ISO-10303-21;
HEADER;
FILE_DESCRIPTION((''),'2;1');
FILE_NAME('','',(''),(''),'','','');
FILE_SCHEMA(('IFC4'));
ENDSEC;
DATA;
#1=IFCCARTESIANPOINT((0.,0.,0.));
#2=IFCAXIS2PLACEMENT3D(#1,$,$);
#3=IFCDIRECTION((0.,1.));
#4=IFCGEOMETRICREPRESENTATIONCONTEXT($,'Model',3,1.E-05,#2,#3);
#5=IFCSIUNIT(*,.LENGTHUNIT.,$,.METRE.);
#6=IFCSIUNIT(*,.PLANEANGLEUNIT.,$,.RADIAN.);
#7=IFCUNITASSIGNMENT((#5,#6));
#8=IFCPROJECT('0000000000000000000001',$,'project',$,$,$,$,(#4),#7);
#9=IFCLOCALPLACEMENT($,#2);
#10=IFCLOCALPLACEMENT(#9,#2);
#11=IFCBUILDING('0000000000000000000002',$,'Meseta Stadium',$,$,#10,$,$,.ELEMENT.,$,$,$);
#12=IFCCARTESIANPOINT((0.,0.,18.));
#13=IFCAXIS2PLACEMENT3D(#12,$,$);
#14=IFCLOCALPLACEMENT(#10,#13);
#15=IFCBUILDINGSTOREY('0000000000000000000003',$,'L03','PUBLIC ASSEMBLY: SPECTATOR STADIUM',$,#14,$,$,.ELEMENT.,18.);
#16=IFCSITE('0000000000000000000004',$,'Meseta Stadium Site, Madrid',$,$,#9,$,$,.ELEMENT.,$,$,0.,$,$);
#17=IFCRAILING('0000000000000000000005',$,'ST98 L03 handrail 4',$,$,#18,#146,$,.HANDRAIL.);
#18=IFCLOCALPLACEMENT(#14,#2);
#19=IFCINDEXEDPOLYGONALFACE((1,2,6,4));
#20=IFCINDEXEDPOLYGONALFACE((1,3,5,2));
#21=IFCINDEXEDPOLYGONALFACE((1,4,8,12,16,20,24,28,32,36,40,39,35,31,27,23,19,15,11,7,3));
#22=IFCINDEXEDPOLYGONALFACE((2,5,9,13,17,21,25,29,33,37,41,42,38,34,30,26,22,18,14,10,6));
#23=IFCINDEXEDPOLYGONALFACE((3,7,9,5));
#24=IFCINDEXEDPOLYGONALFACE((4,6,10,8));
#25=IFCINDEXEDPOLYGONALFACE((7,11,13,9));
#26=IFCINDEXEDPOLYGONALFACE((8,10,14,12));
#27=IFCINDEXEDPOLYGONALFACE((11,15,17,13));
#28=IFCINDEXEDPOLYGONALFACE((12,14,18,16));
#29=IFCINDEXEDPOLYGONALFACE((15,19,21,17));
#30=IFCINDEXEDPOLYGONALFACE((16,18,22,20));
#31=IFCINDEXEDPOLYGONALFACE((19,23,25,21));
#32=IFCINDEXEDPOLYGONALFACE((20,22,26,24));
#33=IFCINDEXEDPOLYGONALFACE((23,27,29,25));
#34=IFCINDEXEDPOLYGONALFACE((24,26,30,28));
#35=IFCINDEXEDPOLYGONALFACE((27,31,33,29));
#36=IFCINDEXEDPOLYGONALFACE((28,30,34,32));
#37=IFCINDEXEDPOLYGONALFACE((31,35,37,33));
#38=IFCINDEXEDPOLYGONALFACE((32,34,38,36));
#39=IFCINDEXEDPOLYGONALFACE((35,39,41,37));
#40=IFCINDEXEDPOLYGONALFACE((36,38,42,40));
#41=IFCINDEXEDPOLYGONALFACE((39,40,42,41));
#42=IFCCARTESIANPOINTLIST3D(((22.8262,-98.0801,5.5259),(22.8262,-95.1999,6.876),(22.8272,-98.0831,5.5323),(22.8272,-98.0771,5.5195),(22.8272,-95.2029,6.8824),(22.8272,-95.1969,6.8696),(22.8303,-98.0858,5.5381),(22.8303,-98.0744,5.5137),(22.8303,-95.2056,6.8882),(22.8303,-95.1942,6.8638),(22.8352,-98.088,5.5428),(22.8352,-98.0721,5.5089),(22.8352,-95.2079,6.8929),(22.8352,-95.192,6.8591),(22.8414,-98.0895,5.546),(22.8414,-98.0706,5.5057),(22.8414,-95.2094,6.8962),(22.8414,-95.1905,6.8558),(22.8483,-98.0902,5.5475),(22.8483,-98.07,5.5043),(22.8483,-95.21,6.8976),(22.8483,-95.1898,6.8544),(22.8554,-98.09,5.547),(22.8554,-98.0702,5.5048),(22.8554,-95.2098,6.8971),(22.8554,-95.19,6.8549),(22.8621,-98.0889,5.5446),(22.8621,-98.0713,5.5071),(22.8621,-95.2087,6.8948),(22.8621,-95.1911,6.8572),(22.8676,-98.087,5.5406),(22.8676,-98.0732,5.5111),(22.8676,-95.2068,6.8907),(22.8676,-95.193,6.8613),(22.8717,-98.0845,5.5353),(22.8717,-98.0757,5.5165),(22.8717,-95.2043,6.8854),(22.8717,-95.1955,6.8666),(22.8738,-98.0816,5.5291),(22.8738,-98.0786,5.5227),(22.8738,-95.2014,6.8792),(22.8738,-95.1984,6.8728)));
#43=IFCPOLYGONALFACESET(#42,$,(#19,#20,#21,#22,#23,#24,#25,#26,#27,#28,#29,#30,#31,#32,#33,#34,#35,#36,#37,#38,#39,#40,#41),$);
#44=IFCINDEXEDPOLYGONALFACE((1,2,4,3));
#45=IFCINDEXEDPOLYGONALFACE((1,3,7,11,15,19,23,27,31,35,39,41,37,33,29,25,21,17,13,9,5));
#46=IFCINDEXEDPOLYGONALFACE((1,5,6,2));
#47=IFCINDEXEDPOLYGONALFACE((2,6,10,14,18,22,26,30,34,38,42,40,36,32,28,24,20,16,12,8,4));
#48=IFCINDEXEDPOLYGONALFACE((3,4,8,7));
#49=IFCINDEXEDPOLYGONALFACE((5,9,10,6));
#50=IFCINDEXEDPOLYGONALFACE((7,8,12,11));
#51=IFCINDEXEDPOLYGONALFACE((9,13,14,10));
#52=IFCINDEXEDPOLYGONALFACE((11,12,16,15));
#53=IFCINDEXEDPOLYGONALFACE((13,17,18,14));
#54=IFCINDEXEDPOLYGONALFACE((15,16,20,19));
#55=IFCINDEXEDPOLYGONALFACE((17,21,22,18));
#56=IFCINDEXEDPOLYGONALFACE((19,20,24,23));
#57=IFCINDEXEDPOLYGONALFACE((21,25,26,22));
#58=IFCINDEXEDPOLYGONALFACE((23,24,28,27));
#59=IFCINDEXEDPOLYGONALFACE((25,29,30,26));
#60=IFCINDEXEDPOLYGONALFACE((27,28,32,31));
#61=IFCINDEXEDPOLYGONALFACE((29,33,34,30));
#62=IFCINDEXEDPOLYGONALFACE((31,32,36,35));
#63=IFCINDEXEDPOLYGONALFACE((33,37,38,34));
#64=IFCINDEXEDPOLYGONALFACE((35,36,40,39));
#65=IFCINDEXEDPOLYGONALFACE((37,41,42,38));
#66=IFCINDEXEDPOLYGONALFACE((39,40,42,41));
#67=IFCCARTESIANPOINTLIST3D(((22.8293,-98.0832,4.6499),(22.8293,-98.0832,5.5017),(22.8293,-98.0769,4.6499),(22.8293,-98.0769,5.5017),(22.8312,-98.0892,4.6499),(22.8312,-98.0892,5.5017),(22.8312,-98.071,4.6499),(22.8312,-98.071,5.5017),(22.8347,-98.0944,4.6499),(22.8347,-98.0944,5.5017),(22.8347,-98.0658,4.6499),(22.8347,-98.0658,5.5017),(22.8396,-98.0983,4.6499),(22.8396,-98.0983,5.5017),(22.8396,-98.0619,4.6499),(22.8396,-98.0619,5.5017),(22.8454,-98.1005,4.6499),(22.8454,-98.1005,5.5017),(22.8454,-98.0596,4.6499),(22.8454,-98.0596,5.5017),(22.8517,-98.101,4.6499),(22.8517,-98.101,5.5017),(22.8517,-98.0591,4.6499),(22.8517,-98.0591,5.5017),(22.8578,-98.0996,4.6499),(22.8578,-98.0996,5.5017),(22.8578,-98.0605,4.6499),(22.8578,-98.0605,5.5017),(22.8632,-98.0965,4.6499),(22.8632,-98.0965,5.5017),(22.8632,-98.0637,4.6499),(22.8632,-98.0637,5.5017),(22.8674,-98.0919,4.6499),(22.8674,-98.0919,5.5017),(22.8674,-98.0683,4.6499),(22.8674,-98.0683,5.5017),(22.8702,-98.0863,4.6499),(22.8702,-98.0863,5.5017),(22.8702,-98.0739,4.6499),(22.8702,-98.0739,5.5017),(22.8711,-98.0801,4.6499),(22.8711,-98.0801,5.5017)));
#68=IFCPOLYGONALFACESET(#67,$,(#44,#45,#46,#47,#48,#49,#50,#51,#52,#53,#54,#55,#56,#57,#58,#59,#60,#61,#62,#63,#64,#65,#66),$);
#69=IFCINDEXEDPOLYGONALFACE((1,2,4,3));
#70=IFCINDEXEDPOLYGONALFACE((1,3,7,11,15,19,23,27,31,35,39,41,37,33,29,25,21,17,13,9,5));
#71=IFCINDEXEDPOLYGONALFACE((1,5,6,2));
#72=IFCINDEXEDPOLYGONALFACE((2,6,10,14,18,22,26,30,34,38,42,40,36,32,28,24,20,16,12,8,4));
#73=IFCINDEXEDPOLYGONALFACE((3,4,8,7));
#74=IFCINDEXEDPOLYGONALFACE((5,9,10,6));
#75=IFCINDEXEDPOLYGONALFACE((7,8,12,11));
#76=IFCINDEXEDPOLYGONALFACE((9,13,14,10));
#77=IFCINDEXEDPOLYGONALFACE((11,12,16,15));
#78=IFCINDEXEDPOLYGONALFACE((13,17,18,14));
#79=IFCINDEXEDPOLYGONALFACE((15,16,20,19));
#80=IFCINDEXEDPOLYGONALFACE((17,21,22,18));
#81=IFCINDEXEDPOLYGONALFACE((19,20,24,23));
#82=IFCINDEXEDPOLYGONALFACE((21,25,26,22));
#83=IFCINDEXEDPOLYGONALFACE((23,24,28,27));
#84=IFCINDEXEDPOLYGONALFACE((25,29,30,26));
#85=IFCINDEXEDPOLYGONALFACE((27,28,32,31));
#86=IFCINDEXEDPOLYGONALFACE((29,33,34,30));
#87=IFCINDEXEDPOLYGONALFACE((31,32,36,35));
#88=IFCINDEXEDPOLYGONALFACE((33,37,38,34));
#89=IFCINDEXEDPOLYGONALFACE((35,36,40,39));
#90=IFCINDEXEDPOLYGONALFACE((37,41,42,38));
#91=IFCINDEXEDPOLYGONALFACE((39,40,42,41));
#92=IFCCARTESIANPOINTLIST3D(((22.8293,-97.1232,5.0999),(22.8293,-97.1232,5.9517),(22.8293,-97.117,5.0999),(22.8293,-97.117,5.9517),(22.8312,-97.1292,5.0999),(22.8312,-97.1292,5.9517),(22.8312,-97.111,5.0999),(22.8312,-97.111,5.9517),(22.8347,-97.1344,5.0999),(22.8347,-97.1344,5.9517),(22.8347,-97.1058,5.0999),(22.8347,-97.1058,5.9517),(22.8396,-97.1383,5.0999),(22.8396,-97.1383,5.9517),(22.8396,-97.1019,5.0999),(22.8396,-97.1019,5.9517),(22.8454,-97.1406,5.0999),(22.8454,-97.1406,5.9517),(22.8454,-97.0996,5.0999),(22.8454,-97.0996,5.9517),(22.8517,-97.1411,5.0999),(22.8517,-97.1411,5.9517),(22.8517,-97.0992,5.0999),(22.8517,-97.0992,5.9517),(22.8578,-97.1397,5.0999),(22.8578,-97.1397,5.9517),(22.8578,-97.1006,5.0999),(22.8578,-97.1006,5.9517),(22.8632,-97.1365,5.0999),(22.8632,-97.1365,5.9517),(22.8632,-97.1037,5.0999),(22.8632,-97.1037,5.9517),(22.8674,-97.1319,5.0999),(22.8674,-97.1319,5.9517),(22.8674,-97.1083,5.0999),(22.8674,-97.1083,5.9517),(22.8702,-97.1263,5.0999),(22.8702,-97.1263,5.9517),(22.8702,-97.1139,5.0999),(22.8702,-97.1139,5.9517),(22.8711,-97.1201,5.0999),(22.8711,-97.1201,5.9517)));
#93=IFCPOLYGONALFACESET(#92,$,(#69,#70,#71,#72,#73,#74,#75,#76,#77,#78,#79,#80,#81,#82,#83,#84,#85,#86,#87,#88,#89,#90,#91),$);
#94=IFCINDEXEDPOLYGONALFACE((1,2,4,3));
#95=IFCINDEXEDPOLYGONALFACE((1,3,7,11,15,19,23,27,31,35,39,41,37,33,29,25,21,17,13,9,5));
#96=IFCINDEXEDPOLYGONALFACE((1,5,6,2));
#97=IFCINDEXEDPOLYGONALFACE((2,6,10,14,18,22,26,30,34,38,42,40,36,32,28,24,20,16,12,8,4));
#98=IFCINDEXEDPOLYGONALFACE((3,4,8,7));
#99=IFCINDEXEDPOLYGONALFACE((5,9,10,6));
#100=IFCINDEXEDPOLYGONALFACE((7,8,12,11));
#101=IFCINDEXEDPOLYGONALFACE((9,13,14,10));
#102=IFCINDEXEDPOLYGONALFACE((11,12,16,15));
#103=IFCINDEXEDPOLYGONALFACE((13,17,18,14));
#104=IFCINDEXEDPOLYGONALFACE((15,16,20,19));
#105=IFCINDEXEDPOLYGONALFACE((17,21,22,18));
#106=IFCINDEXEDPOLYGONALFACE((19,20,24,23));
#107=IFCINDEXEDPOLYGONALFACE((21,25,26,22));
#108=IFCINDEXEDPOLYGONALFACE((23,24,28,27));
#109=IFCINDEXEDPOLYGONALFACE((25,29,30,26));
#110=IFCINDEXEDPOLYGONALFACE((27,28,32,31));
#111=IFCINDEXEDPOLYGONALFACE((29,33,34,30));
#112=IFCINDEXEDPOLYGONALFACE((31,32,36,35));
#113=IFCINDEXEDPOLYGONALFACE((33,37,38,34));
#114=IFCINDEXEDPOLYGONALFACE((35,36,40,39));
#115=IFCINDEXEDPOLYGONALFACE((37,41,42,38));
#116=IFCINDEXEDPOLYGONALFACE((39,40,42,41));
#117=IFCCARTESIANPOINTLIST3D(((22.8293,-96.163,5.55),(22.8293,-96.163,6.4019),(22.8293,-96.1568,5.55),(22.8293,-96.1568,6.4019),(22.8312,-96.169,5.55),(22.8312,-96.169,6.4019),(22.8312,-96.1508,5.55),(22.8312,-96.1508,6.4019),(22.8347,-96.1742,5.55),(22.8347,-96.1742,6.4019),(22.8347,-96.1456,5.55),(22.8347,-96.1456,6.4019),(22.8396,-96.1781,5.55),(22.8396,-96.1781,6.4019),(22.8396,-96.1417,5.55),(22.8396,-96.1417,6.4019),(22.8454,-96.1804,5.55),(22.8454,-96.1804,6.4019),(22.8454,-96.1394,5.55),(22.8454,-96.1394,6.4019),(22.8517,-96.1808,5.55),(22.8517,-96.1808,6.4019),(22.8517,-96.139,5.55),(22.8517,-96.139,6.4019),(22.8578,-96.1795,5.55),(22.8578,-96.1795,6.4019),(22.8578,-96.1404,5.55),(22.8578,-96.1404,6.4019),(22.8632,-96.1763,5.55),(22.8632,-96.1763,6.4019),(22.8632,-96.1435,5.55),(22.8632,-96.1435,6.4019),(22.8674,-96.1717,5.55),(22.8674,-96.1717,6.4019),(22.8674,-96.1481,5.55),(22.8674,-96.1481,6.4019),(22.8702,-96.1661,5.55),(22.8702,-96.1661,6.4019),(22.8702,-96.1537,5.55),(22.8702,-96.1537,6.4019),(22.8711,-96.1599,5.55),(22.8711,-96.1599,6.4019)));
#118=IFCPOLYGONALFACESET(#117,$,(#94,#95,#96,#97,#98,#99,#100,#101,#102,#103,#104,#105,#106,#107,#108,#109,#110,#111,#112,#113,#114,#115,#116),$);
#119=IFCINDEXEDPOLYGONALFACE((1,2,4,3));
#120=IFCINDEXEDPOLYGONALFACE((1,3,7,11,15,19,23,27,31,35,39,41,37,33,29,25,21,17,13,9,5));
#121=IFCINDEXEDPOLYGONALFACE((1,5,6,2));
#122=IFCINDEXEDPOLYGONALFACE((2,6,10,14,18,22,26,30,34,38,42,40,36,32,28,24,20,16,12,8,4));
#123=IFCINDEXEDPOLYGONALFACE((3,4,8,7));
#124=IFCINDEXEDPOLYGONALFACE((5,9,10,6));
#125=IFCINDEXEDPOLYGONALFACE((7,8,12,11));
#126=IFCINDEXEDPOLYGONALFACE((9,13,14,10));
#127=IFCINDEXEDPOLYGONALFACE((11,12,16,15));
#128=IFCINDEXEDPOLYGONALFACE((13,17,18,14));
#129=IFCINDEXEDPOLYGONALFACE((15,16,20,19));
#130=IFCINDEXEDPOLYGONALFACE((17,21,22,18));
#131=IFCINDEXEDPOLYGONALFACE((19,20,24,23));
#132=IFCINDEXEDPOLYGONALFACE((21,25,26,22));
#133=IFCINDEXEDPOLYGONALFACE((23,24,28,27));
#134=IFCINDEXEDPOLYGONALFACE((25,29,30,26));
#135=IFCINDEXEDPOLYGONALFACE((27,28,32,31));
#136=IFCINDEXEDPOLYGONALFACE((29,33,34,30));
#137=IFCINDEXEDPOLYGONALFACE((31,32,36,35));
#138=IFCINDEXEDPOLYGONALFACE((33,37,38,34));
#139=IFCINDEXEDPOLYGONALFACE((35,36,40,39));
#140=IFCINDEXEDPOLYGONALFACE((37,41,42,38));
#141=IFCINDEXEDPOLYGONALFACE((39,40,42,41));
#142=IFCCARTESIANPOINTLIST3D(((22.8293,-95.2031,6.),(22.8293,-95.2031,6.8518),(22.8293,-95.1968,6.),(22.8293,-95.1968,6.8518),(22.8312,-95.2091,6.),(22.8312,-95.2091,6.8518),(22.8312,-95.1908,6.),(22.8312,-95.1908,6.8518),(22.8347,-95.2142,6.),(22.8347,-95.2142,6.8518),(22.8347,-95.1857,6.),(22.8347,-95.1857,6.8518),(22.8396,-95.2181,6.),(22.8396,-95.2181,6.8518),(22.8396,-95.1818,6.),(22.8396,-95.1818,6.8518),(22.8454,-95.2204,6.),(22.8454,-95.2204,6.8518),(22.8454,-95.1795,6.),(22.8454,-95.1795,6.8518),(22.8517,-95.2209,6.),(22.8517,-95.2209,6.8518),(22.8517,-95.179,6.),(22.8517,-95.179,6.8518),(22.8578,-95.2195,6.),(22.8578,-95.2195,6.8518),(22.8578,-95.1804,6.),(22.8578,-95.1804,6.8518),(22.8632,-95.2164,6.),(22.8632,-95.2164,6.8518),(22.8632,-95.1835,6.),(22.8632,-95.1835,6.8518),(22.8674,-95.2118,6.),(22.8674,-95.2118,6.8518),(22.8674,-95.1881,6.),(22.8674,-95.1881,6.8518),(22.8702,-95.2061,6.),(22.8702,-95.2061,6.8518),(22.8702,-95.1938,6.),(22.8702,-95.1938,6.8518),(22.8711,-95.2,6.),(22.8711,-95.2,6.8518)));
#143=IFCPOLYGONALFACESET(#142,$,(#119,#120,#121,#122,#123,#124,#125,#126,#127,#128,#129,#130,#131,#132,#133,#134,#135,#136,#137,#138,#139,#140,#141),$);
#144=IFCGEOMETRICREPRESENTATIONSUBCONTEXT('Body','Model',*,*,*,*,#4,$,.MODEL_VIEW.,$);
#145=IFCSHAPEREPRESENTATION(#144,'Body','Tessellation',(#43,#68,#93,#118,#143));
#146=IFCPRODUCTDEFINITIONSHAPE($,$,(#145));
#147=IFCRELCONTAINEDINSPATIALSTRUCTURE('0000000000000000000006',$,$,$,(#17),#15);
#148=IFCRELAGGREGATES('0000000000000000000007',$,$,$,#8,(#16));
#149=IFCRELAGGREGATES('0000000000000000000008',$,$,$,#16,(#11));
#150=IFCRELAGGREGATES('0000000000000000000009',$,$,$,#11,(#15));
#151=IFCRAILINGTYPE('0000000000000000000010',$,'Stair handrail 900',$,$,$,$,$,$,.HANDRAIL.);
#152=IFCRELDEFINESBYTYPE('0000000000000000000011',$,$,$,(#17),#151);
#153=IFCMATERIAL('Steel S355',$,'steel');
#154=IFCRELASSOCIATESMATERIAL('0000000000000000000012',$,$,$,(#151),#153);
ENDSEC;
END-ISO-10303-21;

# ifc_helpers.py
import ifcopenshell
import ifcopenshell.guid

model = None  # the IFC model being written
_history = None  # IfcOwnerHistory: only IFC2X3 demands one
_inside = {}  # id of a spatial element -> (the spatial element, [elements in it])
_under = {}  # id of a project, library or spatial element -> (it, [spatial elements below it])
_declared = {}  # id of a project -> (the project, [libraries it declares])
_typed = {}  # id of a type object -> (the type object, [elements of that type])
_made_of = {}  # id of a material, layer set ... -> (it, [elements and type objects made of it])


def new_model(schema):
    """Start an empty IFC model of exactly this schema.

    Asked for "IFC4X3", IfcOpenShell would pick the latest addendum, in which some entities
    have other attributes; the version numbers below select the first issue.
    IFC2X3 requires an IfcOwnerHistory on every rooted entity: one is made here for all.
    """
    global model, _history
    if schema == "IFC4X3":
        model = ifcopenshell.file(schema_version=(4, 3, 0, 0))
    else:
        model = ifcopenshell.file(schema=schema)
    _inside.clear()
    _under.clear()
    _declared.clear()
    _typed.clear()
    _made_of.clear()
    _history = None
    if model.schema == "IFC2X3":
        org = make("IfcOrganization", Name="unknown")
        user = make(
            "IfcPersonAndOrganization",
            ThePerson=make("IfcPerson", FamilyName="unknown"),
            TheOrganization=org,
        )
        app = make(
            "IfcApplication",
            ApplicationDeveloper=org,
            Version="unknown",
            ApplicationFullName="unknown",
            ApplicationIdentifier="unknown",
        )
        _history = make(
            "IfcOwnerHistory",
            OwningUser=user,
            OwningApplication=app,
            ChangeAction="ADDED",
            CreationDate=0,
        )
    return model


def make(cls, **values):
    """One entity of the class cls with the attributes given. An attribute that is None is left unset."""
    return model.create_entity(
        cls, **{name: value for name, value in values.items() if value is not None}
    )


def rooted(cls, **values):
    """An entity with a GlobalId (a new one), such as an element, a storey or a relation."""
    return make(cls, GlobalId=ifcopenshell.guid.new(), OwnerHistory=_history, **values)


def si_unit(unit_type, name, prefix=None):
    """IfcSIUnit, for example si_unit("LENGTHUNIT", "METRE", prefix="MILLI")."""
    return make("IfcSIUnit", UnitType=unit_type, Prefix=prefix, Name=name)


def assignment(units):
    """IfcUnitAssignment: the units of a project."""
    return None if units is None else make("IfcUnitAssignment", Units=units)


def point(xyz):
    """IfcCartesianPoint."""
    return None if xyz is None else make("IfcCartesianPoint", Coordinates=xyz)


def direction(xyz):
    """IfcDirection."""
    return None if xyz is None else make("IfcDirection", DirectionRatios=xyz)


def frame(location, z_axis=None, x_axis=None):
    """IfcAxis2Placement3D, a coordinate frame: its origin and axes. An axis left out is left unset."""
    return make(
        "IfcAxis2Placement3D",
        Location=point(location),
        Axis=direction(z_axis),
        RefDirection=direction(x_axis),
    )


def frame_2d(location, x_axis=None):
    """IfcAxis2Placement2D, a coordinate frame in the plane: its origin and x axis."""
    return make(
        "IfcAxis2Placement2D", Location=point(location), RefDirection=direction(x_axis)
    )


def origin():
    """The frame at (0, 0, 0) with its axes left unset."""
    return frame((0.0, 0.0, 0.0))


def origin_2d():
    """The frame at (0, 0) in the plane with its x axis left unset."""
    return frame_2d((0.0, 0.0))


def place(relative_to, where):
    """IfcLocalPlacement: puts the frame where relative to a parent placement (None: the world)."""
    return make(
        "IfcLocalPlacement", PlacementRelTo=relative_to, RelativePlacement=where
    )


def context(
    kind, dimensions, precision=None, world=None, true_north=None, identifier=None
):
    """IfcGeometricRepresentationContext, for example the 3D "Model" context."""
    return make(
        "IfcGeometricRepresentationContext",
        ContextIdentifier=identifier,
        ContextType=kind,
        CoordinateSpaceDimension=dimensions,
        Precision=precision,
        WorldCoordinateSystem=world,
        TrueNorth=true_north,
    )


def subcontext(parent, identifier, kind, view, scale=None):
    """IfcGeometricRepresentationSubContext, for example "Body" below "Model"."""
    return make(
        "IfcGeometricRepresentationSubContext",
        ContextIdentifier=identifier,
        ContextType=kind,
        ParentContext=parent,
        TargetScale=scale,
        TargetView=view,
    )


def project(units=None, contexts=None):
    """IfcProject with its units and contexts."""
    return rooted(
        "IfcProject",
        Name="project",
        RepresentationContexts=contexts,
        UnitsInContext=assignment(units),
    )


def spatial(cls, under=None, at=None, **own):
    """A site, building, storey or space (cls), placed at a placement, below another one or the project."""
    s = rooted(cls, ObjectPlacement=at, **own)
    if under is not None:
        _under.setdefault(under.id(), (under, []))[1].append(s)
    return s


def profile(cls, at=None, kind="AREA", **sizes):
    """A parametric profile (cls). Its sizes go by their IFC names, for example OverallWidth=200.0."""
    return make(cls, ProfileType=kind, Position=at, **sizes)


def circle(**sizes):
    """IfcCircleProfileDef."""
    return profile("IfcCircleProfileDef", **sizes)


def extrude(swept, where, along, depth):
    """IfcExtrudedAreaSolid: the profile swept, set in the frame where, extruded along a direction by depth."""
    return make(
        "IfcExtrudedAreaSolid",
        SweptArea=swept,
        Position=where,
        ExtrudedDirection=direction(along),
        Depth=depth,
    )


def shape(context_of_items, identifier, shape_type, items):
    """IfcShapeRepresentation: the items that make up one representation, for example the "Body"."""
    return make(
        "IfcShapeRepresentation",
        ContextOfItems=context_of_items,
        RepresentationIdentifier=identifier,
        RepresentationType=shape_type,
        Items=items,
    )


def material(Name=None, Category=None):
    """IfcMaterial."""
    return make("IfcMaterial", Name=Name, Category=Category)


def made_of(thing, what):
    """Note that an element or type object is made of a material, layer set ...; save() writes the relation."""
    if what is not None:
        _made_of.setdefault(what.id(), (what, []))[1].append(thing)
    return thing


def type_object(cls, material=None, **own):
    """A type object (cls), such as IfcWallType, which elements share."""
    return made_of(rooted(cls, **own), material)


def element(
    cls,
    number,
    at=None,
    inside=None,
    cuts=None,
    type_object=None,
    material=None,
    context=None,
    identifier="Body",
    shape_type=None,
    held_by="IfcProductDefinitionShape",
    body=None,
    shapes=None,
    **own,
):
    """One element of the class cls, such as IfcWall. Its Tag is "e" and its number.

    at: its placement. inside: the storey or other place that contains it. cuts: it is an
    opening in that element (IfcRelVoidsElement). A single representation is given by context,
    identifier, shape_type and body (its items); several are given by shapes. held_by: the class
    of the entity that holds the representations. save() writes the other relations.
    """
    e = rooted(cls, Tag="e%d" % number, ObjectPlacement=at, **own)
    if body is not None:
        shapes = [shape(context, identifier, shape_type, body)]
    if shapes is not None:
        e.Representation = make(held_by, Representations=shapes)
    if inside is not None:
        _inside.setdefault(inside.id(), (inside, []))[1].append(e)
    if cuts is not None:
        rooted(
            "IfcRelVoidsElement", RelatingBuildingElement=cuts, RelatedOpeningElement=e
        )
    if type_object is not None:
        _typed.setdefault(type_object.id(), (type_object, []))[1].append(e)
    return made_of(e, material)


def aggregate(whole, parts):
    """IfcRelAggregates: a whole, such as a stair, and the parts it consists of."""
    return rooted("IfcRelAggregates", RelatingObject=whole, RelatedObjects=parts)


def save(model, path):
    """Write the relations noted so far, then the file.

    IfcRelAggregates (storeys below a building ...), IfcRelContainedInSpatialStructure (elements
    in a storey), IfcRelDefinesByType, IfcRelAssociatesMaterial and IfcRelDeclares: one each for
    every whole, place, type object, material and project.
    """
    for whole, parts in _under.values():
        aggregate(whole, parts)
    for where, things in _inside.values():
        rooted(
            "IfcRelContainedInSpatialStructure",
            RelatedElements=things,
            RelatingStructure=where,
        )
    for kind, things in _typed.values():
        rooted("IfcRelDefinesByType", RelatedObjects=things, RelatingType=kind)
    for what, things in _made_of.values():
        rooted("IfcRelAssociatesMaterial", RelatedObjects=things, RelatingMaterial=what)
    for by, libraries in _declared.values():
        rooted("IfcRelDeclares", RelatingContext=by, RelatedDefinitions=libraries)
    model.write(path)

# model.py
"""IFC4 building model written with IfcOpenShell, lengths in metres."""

from ifc_helpers import new_model, si_unit, direction, frame, origin, origin_2d, place, context, subcontext, project, spatial, circle, extrude, material, type_object, element, save


model = new_model("IFC4")

# Units and contexts
model_context = context("Model", 3, precision=1e-05, world=origin(), true_north=direction((0.0, 1.0)))
body_context = subcontext(model_context, "Body", "Model", "MODEL_VIEW")
ifc_project = project(units=[si_unit("LENGTHUNIT", "METRE"), si_unit("PLANEANGLEUNIT", "RADIAN")], contexts=[model_context])

# Site, building, storey
site_placement = place(None, origin())
site = spatial("IfcSite", under=ifc_project, at=site_placement, Name="Meseta Stadium Site, Madrid", CompositionType="ELEMENT", RefElevation=0.0)
building_placement = place(site_placement, origin())
building = spatial("IfcBuilding", under=site, at=building_placement, Name="Meseta Stadium", CompositionType="ELEMENT")
storey_placement = place(building_placement, frame((0.0, 0.0, 18.0)))
storey = spatial("IfcBuildingStorey", under=building, at=storey_placement, Name="L03", Description="PUBLIC ASSEMBLY: SPECTATOR STADIUM", CompositionType="ELEMENT", Elevation=18.0)

# Railing
ifc_material_1 = material(Name="Steel S355", Category="steel")
railing_type_1 = type_object("IfcRailingType", Name="Stair handrail 900", PredefinedType="HANDRAIL", material=ifc_material_1)
for number, where, name in (
    (1, (22.8501, -98.0801, 4.6499), "ST98 L03 handrail 4"),
):
    element("IfcRailing", number, at=place(storey_placement, frame(where)), inside=storey, type_object=railing_type_1, Name=name, PredefinedType="HANDRAIL", context=body_context, shape_type="SweptSolid", body=[
        extrude(circle(Radius=0.0239, at=origin_2d()), frame((0.0, 0.0, 0.876), z_axis=(0.0, 0.905454, 0.424444), x_axis=(-1.0, 0.0, 0.0)), (0.0, 0.0, 1.0), 3.1809),
        extrude(circle(Radius=0.021, at=origin_2d()), origin(), (0.0, 0.0, 1.0), 0.8518),
        extrude(circle(Radius=0.021, at=origin_2d()), frame((0.0, 0.96, 0.45)), (0.0, 0.0, 1.0), 0.8518),
        extrude(circle(Radius=0.021, at=origin_2d()), frame((0.0, 1.9202, 0.9001)), (0.0, 0.0, 1.0), 0.8518),
        extrude(circle(Radius=0.021, at=origin_2d()), frame((0.0, 2.8801, 1.3501)), (0.0, 0.0, 1.0), 0.8518),
    ])

save(model, "model.ifc")
